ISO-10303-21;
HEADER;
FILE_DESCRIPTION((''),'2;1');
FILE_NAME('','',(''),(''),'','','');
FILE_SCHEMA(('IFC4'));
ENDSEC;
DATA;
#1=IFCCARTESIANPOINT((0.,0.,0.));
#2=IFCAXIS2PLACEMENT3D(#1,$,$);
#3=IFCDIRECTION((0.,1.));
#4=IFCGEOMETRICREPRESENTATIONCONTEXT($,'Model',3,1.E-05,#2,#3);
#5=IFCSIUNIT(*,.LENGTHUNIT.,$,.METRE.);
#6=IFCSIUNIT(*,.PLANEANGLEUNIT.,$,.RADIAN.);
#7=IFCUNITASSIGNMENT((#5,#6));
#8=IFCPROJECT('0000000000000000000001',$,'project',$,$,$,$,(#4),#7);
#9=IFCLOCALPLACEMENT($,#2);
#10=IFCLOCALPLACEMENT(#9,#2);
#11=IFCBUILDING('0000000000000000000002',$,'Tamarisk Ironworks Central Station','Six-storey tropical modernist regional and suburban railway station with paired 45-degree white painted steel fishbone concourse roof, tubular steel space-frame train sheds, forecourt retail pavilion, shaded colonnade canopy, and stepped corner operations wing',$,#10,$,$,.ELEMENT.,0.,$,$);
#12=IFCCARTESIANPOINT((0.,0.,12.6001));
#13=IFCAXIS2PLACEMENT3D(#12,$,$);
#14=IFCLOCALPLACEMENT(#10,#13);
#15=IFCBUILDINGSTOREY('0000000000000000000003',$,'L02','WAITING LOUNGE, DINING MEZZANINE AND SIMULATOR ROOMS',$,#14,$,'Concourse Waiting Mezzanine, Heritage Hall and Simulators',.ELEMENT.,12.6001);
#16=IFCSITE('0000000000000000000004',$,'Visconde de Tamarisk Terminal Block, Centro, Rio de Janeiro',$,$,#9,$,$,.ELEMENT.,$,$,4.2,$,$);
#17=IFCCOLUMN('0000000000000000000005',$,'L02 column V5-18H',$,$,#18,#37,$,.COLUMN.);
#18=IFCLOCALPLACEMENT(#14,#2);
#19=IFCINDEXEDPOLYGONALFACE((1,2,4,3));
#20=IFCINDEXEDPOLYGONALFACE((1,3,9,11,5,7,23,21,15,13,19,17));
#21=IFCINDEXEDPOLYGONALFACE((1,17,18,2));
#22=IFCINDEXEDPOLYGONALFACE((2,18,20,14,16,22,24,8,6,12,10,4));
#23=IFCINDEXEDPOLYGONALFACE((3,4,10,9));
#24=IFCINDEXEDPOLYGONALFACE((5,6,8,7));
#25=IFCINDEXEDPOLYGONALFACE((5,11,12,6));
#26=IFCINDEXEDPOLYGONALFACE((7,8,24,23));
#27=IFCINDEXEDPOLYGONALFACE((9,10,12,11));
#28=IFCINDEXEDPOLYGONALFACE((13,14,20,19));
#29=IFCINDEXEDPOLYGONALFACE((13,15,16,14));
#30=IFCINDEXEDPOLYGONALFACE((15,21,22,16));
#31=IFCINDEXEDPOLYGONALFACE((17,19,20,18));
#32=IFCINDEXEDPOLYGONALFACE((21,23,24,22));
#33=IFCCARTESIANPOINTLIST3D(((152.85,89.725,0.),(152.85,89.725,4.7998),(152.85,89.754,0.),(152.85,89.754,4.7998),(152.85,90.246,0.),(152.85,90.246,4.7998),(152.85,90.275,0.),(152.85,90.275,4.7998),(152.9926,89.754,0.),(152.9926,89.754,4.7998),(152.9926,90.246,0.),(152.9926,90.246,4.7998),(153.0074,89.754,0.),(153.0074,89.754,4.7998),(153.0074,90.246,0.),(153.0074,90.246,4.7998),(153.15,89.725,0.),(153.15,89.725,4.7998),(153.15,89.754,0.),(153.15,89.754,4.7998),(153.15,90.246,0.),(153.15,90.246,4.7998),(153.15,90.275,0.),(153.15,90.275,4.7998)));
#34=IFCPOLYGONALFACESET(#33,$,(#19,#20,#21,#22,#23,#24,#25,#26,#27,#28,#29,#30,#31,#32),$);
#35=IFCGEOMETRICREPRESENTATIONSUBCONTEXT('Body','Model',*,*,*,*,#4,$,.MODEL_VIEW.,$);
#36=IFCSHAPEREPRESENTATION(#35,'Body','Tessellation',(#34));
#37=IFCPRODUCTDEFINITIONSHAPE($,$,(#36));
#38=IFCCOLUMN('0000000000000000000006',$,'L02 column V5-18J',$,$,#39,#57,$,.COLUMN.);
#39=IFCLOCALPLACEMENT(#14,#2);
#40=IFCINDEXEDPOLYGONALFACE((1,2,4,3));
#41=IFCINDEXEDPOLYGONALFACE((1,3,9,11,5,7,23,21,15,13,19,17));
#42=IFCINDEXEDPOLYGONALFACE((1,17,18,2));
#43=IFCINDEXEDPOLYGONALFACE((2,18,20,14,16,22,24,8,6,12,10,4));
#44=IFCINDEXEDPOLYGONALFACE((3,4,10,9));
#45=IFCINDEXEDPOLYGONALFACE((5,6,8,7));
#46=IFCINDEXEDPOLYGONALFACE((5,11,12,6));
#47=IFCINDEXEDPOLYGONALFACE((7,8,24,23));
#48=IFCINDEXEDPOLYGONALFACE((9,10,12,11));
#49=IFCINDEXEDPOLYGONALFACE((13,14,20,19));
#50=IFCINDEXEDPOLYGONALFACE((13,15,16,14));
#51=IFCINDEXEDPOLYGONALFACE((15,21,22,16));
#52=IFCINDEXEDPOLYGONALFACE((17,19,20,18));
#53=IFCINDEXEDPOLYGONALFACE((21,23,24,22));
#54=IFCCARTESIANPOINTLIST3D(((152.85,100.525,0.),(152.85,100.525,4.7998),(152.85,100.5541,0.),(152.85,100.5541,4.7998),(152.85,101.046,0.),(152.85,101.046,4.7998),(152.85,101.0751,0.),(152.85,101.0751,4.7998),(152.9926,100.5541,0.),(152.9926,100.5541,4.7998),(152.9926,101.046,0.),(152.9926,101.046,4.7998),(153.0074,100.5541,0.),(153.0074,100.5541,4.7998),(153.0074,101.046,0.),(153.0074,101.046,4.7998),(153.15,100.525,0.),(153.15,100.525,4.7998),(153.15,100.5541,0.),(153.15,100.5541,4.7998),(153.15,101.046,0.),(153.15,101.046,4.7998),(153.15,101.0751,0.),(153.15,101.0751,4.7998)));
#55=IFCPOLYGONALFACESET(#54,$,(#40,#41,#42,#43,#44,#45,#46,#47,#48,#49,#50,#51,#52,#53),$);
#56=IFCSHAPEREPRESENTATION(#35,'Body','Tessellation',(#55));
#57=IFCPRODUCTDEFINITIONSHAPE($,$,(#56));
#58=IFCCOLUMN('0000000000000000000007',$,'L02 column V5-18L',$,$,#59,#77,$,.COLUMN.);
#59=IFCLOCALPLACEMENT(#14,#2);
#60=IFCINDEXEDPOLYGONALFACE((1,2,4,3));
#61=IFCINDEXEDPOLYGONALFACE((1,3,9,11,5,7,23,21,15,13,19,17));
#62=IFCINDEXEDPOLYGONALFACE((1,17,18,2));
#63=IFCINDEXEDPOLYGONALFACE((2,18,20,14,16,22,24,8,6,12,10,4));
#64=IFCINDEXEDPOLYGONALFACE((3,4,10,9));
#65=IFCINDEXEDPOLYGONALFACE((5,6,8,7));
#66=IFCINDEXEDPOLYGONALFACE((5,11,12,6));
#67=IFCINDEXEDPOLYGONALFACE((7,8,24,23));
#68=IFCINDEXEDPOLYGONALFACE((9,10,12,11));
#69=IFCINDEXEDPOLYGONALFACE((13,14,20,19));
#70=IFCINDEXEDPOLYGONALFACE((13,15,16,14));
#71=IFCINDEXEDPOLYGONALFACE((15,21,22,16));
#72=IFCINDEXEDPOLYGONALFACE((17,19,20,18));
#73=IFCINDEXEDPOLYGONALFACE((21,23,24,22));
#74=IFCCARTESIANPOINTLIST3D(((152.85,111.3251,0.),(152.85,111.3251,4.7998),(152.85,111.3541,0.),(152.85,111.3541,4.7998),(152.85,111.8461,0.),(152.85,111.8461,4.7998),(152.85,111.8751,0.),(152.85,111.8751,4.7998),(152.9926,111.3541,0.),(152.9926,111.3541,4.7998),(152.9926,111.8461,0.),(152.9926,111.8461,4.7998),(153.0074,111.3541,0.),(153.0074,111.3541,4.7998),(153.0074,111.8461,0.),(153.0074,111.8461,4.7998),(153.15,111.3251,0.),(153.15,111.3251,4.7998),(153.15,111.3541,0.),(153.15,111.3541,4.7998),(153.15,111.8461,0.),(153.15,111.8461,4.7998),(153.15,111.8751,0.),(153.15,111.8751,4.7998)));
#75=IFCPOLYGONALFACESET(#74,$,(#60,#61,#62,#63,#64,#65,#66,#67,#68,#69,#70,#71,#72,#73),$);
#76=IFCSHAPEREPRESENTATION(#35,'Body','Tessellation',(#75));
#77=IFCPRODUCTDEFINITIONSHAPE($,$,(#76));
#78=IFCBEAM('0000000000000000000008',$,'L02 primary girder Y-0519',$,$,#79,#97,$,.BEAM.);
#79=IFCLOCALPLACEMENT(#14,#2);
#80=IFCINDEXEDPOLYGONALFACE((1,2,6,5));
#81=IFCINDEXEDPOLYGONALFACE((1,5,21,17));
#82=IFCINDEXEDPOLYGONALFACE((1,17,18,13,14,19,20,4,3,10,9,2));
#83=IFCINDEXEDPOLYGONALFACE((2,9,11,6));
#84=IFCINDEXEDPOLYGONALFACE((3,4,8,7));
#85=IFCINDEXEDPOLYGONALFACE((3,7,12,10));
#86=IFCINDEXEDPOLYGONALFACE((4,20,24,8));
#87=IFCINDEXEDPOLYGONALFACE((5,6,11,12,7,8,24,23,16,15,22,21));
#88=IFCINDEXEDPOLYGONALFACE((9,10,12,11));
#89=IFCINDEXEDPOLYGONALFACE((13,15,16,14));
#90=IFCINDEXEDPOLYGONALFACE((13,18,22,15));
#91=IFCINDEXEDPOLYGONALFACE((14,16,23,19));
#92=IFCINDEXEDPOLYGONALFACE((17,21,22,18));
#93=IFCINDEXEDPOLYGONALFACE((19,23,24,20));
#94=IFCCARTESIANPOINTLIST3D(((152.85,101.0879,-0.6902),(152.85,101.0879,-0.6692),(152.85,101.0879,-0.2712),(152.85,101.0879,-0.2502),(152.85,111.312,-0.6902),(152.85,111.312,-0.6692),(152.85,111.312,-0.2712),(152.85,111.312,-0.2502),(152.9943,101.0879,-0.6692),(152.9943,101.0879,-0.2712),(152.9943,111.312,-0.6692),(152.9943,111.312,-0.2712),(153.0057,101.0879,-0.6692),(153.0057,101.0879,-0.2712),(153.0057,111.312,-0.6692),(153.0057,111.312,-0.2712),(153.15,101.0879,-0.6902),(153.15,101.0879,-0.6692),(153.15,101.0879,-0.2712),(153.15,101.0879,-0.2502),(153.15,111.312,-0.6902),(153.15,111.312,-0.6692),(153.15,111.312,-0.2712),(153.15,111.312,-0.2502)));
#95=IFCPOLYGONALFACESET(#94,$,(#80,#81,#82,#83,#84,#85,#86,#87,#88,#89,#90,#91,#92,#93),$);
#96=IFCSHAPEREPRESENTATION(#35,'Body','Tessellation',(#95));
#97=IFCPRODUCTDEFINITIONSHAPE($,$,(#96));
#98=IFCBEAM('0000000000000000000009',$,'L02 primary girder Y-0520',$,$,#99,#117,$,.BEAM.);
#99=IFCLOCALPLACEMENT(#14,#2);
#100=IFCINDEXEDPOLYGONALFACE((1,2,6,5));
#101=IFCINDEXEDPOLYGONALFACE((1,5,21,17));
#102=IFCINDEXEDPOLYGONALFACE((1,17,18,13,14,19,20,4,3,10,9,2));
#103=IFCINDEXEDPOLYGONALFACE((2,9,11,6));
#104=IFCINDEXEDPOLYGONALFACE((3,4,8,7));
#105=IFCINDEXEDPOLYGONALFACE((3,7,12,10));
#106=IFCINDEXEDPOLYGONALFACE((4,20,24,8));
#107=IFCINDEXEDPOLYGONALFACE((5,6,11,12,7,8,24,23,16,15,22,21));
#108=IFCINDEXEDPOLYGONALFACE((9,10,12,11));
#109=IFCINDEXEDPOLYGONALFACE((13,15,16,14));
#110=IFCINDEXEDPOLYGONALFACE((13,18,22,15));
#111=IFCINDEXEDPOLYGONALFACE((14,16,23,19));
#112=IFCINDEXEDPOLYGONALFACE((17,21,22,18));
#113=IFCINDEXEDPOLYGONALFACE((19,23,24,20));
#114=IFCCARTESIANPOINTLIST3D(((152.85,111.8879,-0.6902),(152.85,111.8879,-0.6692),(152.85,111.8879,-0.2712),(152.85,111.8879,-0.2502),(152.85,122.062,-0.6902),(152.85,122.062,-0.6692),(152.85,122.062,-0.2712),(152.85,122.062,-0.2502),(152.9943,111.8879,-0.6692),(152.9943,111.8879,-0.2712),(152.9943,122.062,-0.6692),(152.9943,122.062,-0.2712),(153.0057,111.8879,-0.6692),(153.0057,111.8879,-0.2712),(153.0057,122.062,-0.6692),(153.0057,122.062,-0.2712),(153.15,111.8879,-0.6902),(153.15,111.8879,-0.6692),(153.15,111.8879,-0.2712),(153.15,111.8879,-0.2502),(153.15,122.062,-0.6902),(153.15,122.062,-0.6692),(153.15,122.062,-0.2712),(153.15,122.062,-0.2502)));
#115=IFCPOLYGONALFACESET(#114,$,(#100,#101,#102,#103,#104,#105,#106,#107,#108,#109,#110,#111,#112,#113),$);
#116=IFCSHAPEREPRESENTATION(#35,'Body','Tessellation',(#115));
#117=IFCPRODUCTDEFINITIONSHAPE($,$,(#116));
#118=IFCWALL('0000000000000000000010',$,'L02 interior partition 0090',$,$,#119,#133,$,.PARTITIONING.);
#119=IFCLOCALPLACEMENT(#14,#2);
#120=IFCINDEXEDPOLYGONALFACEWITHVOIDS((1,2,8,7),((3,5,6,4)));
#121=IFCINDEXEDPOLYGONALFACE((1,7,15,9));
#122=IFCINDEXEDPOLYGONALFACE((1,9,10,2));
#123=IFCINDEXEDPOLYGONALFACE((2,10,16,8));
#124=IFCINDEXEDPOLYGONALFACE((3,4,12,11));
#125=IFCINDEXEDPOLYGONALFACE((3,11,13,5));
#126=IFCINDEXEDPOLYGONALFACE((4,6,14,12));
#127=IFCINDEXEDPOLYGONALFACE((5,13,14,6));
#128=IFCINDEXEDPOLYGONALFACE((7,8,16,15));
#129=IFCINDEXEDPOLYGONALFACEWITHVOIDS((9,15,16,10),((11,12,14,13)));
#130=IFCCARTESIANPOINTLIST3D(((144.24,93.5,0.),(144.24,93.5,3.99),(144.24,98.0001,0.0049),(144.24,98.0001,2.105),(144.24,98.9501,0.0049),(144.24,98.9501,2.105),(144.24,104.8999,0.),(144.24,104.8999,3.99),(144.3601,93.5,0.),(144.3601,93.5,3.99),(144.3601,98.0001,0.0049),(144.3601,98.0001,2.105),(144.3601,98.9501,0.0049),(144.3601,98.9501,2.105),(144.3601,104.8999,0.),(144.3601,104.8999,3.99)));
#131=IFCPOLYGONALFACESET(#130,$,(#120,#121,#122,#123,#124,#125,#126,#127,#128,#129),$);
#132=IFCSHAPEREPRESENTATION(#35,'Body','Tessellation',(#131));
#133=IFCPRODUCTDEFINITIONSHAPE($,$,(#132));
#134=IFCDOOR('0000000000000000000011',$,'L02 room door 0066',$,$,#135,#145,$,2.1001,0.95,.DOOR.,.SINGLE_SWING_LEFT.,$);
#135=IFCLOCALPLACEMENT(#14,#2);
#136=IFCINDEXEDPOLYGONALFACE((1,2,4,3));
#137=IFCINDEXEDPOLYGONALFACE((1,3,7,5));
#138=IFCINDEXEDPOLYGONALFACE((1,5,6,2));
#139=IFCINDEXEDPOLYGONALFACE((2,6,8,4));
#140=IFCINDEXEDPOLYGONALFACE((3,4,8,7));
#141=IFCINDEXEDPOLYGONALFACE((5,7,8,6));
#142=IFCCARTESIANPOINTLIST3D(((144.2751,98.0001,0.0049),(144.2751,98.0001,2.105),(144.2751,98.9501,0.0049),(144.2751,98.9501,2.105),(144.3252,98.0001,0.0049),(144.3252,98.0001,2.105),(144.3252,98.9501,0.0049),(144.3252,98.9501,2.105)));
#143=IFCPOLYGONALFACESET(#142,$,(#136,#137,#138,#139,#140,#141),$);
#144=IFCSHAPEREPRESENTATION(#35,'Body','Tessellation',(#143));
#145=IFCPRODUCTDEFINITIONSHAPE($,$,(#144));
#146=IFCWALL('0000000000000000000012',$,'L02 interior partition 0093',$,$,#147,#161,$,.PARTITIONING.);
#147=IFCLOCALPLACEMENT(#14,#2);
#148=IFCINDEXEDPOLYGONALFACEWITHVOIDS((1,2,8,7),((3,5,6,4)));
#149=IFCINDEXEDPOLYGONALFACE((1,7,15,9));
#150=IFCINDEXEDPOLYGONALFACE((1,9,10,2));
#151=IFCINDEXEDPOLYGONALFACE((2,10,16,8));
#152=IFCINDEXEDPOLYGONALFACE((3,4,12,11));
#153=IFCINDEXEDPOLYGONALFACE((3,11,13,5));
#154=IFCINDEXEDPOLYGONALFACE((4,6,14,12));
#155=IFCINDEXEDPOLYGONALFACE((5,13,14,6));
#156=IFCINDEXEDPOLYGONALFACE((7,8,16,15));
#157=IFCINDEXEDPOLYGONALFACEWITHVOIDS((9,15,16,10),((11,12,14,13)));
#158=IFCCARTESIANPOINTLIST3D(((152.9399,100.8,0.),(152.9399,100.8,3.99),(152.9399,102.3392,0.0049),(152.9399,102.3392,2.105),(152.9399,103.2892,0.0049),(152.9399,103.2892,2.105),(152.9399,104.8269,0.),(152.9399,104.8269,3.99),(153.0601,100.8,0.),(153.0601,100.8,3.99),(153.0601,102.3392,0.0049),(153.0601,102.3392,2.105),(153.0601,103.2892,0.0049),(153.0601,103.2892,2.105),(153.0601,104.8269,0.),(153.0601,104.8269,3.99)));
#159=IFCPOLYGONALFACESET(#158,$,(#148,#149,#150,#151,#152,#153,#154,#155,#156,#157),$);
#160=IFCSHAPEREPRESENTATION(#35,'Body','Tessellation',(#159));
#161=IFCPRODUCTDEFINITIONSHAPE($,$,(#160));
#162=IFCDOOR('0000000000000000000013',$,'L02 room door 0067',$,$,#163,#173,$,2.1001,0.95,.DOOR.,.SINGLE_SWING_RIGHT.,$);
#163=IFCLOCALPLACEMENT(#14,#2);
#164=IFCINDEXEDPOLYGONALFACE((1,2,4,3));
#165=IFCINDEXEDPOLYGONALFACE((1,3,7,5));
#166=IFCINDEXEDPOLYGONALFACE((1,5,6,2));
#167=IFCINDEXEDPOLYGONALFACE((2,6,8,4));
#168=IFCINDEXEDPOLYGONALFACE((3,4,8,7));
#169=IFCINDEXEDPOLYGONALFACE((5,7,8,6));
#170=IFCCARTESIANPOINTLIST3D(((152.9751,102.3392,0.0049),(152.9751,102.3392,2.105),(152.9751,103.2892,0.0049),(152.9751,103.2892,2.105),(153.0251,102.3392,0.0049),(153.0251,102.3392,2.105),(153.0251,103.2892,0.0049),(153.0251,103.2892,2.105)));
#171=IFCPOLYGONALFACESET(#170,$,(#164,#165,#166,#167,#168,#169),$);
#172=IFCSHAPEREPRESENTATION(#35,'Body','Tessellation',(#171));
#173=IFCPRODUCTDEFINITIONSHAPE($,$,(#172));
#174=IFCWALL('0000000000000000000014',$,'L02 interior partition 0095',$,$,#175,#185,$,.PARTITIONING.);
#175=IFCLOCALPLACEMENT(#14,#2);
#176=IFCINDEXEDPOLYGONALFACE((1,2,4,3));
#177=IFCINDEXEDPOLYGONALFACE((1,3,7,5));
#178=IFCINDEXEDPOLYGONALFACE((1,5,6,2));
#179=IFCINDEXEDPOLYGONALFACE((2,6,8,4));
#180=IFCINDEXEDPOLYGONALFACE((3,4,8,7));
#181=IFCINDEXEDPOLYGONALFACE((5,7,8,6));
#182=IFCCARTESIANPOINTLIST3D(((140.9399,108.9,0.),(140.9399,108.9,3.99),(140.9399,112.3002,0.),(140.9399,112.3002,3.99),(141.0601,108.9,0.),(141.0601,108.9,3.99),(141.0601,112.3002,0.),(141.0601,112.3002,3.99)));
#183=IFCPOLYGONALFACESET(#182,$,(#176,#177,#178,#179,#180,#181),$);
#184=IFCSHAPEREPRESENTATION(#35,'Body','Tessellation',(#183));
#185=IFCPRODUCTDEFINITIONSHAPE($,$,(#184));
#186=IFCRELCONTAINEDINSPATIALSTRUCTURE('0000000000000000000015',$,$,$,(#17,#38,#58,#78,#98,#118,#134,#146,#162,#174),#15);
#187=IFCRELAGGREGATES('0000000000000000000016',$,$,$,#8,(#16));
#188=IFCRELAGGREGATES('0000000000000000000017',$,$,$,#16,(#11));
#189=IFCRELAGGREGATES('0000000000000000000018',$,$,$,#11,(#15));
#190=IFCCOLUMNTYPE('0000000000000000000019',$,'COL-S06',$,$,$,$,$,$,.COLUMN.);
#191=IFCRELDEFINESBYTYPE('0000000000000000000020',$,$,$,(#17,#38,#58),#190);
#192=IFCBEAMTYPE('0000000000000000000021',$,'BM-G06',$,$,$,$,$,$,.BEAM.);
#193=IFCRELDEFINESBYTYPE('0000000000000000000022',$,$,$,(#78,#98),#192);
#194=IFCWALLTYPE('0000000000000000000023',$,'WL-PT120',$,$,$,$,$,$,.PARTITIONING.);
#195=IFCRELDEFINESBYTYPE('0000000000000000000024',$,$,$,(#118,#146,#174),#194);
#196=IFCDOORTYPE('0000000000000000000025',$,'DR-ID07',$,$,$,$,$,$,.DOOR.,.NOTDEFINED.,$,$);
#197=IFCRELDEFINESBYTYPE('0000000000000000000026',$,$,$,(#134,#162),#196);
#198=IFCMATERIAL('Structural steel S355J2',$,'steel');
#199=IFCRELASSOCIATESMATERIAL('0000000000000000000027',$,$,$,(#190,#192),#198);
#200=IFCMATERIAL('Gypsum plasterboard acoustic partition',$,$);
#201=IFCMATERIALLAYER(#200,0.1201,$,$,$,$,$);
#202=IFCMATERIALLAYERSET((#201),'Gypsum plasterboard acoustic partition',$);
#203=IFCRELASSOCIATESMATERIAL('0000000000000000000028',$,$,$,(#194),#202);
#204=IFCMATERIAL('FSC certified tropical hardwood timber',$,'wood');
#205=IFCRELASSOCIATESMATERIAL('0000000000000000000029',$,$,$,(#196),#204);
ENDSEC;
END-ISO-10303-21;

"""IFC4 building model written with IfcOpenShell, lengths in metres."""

from ifc_helpers import new_model, si_unit, direction, frame, frame_2d, origin, origin_2d, place, context, subcontext, project, spatial, rectangle, i_section, extrude, material, layer, layer_set, material_profile, profile_set, type_object, element, fill, save


model = new_model("IFC4")

# Units and contexts
model_context = context("Model", 3, precision=1e-05, world=origin(), true_north=direction((0.0, 1.0)))
body_context = subcontext(model_context, "Body", "Model", "MODEL_VIEW")
ifc_project = project(units=[si_unit("LENGTHUNIT", "METRE"), si_unit("PLANEANGLEUNIT", "RADIAN")], contexts=[model_context])

# Site, building, storey
site_placement = place(None, origin())
site = spatial("IfcSite", under=ifc_project, at=site_placement, Name="Visconde de Tamarisk Terminal Block, Centro, Rio de Janeiro", CompositionType="ELEMENT", RefElevation=4.2)
building_placement = place(site_placement, origin())
building = spatial("IfcBuilding", under=site, at=building_placement, Name="Tamarisk Ironworks Central Station", Description="Six-storey tropical modernist regional and suburban railway station with paired 45-degree white painted steel fishbone concourse roof, tubular steel space-frame train sheds, forecourt retail pavilion, shaded colonnade canopy, and stepped corner operations wing", CompositionType="ELEMENT", ElevationOfRefHeight=0.0)
storey_placement = place(building_placement, frame((0.0, 0.0, 12.6001)))
storey = spatial("IfcBuildingStorey", under=building, at=storey_placement, Name="L02", Description="WAITING LOUNGE, DINING MEZZANINE AND SIMULATOR ROOMS", LongName="Concourse Waiting Mezzanine, Heritage Hall and Simulators", CompositionType="ELEMENT", Elevation=12.6001)

# Columns
ifc_material_1 = material(Name="Structural steel S355J2", Category="steel")
ifc_material_profile_1 = material_profile(ifc_material_1, i_section(OverallWidth=0.3, OverallDepth=0.55, WebThickness=0.0149, FlangeThickness=0.0291, at=origin_2d()), Name="HEB 550")
ifc_profile_set_1 = profile_set([ifc_material_profile_1], Name="Structural steel S355J2")
column_type = type_object("IfcColumnType", Name="COL-S06", PredefinedType="COLUMN", material=ifc_profile_set_1)
for number, where, z_axis, x_axis, name in (
    (1, (153.0, 90.0, 0.0), (0.0, 0.0, 1.0), (1.0, 0.0, 0.0), "L02 column V5-18H"),
    (2, (153.0, 100.8, 0.0), (0.0, 0.0, 1.0), (1.0, 0.0, 0.0), "L02 column V5-18J"),
    (3, (153.0, 111.6001, 0.0), (0.0, 0.0, 1.0), (1.0, 0.0, 0.0), "L02 column V5-18L"),
):
    element("IfcColumn", number, at=place(storey_placement, frame(where, z_axis=z_axis, x_axis=x_axis)), inside=storey, type_object=column_type, Name=name, PredefinedType="COLUMN", context=body_context, shape_type="SweptSolid", body=[
        extrude(i_section(OverallWidth=0.3, OverallDepth=0.55, WebThickness=0.0149, FlangeThickness=0.0291, at=origin_2d()), origin(), (0.0, 0.0, 1.0), 4.7998),
    ])

# Beams
ifc_material_profile_2 = material_profile(ifc_material_1, i_section(OverallWidth=0.3, OverallDepth=0.4399, WebThickness=0.0115, FlangeThickness=0.021, at=origin_2d()), Name="HEA 450")
ifc_profile_set_2 = profile_set([ifc_material_profile_2], Name="Structural steel S355J2")
beam_type = type_object("IfcBeamType", Name="BM-G06", PredefinedType="BEAM", material=ifc_profile_set_2)
beam_1_placement = place(storey_placement, frame((153.0, 101.0879, -0.4702), z_axis=(0.0, 1.0, 0.0), x_axis=(-1.0, 0.0, 0.0)))
element("IfcBeam", 4, at=beam_1_placement, inside=storey, type_object=beam_type, Name="L02 primary girder Y-0519", PredefinedType="BEAM", context=body_context, shape_type="SweptSolid", body=[
    extrude(i_section(OverallWidth=0.3, OverallDepth=0.4399, WebThickness=0.0115, FlangeThickness=0.021, at=origin_2d()), origin(), (0.0, 0.0, 1.0), 10.2241),
])
beam_2_placement = place(storey_placement, frame((153.0, 111.8879, -0.4702), z_axis=(0.0, 1.0, 0.0), x_axis=(-1.0, 0.0, 0.0)))
element("IfcBeam", 5, at=beam_2_placement, inside=storey, type_object=beam_type, Name="L02 primary girder Y-0520", PredefinedType="BEAM", context=body_context, shape_type="SweptSolid", body=[
    extrude(i_section(OverallWidth=0.3, OverallDepth=0.4399, WebThickness=0.0115, FlangeThickness=0.021, at=origin_2d()), origin(), (0.0, 0.0, 1.0), 10.1741),
])

# Walls, openings, doors
ifc_material_2 = material(Name="Gypsum plasterboard acoustic partition")
ifc_layer_1 = layer(ifc_material_2, 0.1201)
ifc_layer_set_1 = layer_set([ifc_layer_1], Name="Gypsum plasterboard acoustic partition")
wall_type_1 = type_object("IfcWallType", Name="WL-PT120", PredefinedType="PARTITIONING", material=ifc_layer_set_1)
wall_1_placement = place(storey_placement, frame((144.3, 93.5, 0.0), z_axis=(0.0, 0.0, 1.0), x_axis=(0.0, 1.0, 0.0)))
wall_1 = element("IfcWall", 6, at=wall_1_placement, inside=storey, type_object=wall_type_1, Name="L02 interior partition 0090", PredefinedType="PARTITIONING", context=body_context, shape_type="SweptSolid", body=[
    extrude(rectangle(XDim=11.3999, YDim=0.1201, at=frame_2d((5.7, 0.0))), origin(), (0.0, 0.0, 1.0), 3.99),
])
opening_1_placement = place(wall_1_placement, frame((4.5, 0.0, 0.0049)))
opening_1 = element("IfcOpeningElement", 7, at=opening_1_placement, cuts=wall_1, PredefinedType="OPENING", context=body_context, shape_type="SweptSolid", body=[
    extrude(rectangle(XDim=0.95, YDim=2.1001, at=frame_2d((0.4751, 1.05))), frame((0.0, 0.072, 0.0), z_axis=(0.0, -1.0, 0.0), x_axis=(1.0, 0.0, 0.0)), (0.0, 0.0, 1.0), 0.144),
])
ifc_material_3 = material(Name="FSC certified tropical hardwood timber", Category="wood")
door_type_1 = type_object("IfcDoorType", Name="DR-ID07", OperationType="NOTDEFINED", PredefinedType="DOOR", material=ifc_material_3)
door_1_placement = place(opening_1_placement, origin())
door_1 = element("IfcDoor", 8, at=door_1_placement, inside=storey, type_object=door_type_1, Name="L02 room door 0066", OperationType="SINGLE_SWING_LEFT", OverallHeight=2.1001, OverallWidth=0.95, PredefinedType="DOOR", context=body_context, shape_type="SweptSolid", body=[
    extrude(rectangle(XDim=0.95, YDim=2.1001, at=frame_2d((0.4751, 1.05))), frame((0.0, 0.0249, 0.0), z_axis=(0.0, -1.0, 0.0), x_axis=(1.0, 0.0, 0.0)), (0.0, 0.0, 1.0), 0.05),
])
fill(opening_1, door_1)
wall_2_placement = place(storey_placement, frame((153.0, 100.8, 0.0), z_axis=(0.0, 0.0, 1.0), x_axis=(0.0, 1.0, 0.0)))
wall_2 = element("IfcWall", 9, at=wall_2_placement, inside=storey, type_object=wall_type_1, Name="L02 interior partition 0093", PredefinedType="PARTITIONING", context=body_context, shape_type="SweptSolid", body=[
    extrude(rectangle(XDim=4.0269, YDim=0.1201, at=frame_2d((2.0134, 0.0))), origin(), (0.0, 0.0, 1.0), 3.99),
])
opening_2_placement = place(wall_2_placement, frame((1.5391, 0.0, 0.0049)))
opening_2 = element("IfcOpeningElement", 10, at=opening_2_placement, cuts=wall_2, PredefinedType="OPENING", context=body_context, shape_type="SweptSolid", body=[
    extrude(rectangle(XDim=0.95, YDim=2.1001, at=frame_2d((0.4751, 1.05))), frame((0.0, 0.072, 0.0), z_axis=(0.0, -1.0, 0.0), x_axis=(1.0, 0.0, 0.0)), (0.0, 0.0, 1.0), 0.144),
])
door_2_placement = place(opening_2_placement, origin())
door_2 = element("IfcDoor", 11, at=door_2_placement, inside=storey, type_object=door_type_1, Name="L02 room door 0067", OperationType="SINGLE_SWING_RIGHT", OverallHeight=2.1001, OverallWidth=0.95, PredefinedType="DOOR", context=body_context, shape_type="SweptSolid", body=[
    extrude(rectangle(XDim=0.95, YDim=2.1001, at=frame_2d((0.4751, 1.05))), frame((0.0, 0.0249, 0.0), z_axis=(0.0, -1.0, 0.0), x_axis=(1.0, 0.0, 0.0)), (0.0, 0.0, 1.0), 0.05),
])
fill(opening_2, door_2)

# Wall
wall_3_placement = place(storey_placement, frame((141.0, 108.8999, 0.0), z_axis=(0.0, 0.0, 1.0), x_axis=(0.0, 1.0, 0.0)))
element("IfcWall", 12, at=wall_3_placement, inside=storey, type_object=wall_type_1, Name="L02 interior partition 0095", PredefinedType="PARTITIONING", context=body_context, shape_type="SweptSolid", body=[
    extrude(rectangle(XDim=3.4001, YDim=0.1201, at=frame_2d((1.7002, 0.0))), origin(), (0.0, 0.0, 1.0), 3.99),
])

save(model, "model.ifc")
